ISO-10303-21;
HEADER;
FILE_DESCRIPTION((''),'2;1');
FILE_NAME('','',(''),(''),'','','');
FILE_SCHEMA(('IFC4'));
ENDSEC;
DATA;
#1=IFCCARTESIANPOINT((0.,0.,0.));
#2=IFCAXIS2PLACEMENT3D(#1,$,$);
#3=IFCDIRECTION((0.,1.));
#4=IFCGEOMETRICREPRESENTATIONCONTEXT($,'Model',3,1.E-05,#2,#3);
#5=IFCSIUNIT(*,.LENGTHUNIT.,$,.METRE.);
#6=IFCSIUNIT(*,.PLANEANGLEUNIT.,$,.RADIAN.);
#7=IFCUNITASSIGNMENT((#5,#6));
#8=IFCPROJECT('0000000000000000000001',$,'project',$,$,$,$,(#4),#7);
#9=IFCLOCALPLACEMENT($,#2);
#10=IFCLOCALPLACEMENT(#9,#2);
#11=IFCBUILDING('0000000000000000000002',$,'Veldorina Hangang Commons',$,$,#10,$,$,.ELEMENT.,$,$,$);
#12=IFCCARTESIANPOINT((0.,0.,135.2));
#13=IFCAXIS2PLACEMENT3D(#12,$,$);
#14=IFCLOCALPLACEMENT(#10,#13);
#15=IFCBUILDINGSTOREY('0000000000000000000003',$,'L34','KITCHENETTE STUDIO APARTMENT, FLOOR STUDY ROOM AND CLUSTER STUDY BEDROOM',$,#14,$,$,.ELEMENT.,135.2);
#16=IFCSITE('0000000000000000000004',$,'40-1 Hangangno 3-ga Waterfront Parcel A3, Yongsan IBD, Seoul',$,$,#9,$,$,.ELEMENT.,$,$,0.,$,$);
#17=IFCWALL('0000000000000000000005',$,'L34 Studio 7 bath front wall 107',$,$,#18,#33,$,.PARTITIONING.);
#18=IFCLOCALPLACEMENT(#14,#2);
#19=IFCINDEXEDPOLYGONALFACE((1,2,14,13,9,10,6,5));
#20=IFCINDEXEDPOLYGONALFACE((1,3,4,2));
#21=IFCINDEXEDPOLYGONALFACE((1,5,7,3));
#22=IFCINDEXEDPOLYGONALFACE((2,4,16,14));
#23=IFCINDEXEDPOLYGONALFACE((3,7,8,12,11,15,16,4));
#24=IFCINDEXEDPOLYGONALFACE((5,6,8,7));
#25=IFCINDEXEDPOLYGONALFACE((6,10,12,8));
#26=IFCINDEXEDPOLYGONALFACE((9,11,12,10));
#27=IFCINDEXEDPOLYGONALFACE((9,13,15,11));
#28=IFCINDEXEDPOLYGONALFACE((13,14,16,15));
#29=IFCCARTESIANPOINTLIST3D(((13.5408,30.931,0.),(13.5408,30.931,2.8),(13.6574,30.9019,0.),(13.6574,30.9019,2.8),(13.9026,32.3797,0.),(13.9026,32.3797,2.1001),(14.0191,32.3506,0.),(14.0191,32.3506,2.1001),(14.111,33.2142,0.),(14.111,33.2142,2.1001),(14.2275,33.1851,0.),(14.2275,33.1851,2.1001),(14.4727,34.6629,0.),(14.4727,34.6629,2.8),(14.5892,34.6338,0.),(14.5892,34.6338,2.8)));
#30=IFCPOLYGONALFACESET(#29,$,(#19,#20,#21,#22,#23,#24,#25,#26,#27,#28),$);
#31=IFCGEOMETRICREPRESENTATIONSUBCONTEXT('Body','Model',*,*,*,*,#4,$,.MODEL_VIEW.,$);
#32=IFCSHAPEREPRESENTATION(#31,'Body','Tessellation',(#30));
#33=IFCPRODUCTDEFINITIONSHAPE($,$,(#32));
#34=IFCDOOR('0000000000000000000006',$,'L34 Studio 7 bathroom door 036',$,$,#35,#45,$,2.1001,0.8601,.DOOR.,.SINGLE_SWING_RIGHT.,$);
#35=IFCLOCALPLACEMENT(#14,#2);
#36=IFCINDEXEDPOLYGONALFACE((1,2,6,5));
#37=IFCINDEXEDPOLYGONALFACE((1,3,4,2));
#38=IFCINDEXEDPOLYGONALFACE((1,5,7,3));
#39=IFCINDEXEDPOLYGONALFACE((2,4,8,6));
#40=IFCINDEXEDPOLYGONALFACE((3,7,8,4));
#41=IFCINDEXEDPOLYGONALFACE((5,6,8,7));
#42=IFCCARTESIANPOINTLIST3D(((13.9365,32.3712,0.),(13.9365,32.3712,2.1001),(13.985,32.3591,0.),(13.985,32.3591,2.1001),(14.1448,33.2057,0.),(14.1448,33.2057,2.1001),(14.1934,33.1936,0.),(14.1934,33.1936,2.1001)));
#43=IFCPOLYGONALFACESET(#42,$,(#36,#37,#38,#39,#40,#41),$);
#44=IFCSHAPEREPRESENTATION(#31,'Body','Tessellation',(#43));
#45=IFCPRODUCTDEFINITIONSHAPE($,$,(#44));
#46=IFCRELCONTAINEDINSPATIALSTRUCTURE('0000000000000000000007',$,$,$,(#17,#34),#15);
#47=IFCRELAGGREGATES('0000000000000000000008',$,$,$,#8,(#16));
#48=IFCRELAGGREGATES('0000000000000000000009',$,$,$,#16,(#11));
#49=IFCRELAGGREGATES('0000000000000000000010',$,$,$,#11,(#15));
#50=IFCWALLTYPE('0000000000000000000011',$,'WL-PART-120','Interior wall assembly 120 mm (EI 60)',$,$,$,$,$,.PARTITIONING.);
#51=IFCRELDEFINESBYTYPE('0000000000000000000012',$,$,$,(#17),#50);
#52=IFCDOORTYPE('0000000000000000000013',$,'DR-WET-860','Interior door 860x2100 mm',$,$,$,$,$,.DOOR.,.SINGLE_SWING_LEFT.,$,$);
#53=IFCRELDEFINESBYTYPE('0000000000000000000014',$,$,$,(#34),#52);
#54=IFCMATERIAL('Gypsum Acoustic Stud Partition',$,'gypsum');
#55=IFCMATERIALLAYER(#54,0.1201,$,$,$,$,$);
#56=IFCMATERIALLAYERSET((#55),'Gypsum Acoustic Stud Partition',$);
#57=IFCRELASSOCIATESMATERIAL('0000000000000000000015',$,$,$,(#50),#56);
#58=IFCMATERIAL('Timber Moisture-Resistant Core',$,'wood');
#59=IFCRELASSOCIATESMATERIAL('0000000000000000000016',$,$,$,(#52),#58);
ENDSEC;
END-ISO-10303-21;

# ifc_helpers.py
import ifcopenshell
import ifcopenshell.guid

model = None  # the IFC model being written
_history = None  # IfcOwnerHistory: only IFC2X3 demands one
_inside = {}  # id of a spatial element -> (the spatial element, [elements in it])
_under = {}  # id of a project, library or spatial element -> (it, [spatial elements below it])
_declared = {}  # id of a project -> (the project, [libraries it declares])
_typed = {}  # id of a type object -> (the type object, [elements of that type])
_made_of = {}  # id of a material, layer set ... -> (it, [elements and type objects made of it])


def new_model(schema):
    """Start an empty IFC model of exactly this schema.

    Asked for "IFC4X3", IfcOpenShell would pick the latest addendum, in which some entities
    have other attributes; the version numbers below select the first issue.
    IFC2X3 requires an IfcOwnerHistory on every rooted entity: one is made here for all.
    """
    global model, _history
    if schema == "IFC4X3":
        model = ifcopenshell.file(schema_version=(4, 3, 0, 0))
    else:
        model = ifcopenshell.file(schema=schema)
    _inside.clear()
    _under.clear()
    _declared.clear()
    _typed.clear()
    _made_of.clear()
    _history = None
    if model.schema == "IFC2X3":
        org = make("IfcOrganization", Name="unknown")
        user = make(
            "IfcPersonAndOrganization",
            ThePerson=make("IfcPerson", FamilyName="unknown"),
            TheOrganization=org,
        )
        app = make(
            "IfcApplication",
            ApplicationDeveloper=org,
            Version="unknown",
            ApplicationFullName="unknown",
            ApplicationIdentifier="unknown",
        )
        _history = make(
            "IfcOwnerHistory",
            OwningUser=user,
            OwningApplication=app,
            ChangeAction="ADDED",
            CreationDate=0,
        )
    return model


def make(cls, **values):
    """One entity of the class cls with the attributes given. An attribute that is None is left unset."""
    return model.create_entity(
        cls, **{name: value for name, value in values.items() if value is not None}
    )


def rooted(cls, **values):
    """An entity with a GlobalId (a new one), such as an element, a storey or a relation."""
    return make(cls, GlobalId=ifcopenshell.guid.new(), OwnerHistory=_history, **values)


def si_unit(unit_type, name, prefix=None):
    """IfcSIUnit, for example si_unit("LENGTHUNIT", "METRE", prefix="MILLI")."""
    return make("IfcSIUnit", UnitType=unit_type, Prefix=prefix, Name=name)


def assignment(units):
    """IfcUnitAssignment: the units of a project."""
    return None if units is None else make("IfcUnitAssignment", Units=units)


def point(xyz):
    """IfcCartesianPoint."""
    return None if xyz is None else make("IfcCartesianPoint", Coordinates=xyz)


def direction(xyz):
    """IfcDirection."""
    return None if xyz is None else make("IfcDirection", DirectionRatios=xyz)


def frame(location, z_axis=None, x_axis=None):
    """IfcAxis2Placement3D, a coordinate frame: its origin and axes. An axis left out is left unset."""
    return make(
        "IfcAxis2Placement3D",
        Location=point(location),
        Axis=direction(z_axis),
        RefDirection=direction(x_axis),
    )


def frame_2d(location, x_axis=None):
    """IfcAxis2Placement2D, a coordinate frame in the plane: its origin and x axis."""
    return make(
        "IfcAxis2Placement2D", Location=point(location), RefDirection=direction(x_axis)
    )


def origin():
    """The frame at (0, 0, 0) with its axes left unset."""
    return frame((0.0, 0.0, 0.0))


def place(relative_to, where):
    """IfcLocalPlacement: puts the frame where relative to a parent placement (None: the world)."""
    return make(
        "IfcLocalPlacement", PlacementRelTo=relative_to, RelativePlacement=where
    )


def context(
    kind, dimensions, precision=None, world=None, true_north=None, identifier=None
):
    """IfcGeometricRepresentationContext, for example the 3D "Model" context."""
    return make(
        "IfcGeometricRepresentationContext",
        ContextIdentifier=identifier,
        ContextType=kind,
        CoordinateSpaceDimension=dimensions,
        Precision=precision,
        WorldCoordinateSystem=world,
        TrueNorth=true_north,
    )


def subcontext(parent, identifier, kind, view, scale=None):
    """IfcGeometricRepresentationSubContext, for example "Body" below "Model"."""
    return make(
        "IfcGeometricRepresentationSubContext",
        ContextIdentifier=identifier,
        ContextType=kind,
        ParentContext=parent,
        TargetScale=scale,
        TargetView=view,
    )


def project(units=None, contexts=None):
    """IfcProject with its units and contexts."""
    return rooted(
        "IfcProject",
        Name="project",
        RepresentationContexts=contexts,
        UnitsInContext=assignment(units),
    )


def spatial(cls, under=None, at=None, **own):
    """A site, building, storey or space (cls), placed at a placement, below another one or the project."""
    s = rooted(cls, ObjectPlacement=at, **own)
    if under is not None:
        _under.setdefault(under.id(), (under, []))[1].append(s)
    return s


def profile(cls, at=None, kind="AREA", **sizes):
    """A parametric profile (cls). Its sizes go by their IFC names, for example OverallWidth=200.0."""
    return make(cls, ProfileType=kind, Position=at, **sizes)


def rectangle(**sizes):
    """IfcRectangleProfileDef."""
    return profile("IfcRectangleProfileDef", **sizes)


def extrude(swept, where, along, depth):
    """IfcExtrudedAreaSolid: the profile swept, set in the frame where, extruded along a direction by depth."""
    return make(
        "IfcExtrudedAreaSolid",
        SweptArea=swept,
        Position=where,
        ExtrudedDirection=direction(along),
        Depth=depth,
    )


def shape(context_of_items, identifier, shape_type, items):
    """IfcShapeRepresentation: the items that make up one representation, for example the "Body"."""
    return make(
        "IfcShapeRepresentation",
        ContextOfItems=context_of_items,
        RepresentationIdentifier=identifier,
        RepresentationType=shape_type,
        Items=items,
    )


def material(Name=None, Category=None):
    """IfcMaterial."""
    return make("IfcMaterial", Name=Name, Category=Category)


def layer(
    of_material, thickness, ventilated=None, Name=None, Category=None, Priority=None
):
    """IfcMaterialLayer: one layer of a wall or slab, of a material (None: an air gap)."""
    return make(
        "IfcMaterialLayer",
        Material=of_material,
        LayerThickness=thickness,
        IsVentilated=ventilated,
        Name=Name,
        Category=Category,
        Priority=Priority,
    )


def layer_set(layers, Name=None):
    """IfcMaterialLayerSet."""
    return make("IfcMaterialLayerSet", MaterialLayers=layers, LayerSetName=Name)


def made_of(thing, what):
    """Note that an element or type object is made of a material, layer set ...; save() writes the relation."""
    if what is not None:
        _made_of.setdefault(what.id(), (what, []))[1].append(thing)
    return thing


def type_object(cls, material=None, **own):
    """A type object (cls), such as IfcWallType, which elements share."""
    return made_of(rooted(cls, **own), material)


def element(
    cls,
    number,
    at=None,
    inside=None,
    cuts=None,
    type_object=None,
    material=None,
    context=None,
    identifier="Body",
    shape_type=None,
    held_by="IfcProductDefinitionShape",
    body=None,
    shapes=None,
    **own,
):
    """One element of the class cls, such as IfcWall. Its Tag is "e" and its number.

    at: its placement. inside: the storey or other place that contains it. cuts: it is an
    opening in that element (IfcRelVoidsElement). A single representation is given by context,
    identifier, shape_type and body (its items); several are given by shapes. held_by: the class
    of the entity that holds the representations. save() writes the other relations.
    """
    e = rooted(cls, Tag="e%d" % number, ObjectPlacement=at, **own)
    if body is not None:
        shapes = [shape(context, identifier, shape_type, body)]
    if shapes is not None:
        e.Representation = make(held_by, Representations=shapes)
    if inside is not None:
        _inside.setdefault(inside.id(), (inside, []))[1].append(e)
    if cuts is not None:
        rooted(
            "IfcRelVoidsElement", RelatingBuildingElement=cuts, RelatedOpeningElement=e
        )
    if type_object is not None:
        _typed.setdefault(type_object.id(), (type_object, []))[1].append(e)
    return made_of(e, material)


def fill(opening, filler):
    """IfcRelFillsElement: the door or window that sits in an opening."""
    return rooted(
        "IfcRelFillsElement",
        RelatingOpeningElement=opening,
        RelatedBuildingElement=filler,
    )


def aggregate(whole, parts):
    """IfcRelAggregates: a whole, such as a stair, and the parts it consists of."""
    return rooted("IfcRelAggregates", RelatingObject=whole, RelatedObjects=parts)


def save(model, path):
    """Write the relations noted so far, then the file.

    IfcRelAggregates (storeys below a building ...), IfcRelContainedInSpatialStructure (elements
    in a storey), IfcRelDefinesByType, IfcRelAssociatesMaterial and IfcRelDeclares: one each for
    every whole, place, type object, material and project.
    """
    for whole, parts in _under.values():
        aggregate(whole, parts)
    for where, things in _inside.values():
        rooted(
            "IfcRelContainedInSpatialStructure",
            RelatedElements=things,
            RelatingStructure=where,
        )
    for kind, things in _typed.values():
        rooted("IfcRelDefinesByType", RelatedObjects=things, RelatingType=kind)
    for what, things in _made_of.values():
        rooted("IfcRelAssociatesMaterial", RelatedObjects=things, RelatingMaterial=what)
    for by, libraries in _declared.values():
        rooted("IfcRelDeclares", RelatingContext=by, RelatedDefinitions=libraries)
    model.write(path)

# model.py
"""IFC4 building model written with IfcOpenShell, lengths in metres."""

from ifc_helpers import new_model, si_unit, direction, frame, frame_2d, origin, place, context, subcontext, project, spatial, rectangle, extrude, material, layer, layer_set, type_object, element, fill, save


model = new_model("IFC4")

# Units and contexts
model_context = context("Model", 3, precision=1e-05, world=origin(), true_north=direction((0.0, 1.0)))
body_context = subcontext(model_context, "Body", "Model", "MODEL_VIEW")
ifc_project = project(units=[si_unit("LENGTHUNIT", "METRE"), si_unit("PLANEANGLEUNIT", "RADIAN")], contexts=[model_context])

# Site, building, storey
site_placement = place(None, origin())
site = spatial("IfcSite", under=ifc_project, at=site_placement, Name="40-1 Hangangno 3-ga Waterfront Parcel A3, Yongsan IBD, Seoul", CompositionType="ELEMENT", RefElevation=0.0)
building_placement = place(site_placement, origin())
building = spatial("IfcBuilding", under=site, at=building_placement, Name="Veldorina Hangang Commons", CompositionType="ELEMENT")
storey_placement = place(building_placement, frame((0.0, 0.0, 135.2)))
storey = spatial("IfcBuildingStorey", under=building, at=storey_placement, Name="L34", Description="KITCHENETTE STUDIO APARTMENT, FLOOR STUDY ROOM AND CLUSTER STUDY BEDROOM", CompositionType="ELEMENT", Elevation=135.2)

# Wall, opening, door
ifc_material_1 = material(Name="Gypsum Acoustic Stud Partition", Category="gypsum")
ifc_layer_1 = layer(ifc_material_1, 0.1201)
ifc_layer_set_1 = layer_set([ifc_layer_1], Name="Gypsum Acoustic Stud Partition")
wall_type_1 = type_object("IfcWallType", Name="WL-PART-120", Description="Interior wall assembly 120 mm (EI 60)", PredefinedType="PARTITIONING", material=ifc_layer_set_1)
wall_1_placement = place(storey_placement, frame((14.531, 34.6484, 0.0), z_axis=(0.0, 0.0, 1.0), x_axis=(-0.242267, -0.97021, 0.0)))
wall_1 = element("IfcWall", 1, at=wall_1_placement, inside=storey, type_object=wall_type_1, Name="L34 Studio 7 bath front wall 107", PredefinedType="PARTITIONING", context=body_context, shape_type="SweptSolid", body=[
    extrude(rectangle(XDim=3.8464, YDim=0.1201, at=frame_2d((1.9233, 0.0))), origin(), (0.0, 0.0, 1.0), 2.8),
])
opening_1_placement = place(wall_1_placement, frame((1.4932, 0.0, 0.0)))
opening_1 = element("IfcOpeningElement", 2, at=opening_1_placement, cuts=wall_1, PredefinedType="OPENING", context=body_context, shape_type="SweptSolid", body=[
    extrude(rectangle(XDim=0.8601, YDim=2.1001, at=frame_2d((0.4302, 1.05))), frame((0.0, 0.0701, 0.0), z_axis=(0.0, -1.0, 0.0), x_axis=(1.0, 0.0, 0.0)), (0.0, 0.0, 1.0), 0.1401),
])
ifc_material_2 = material(Name="Timber Moisture-Resistant Core", Category="wood")
door_type = type_object("IfcDoorType", Name="DR-WET-860", Description="Interior door 860x2100 mm", OperationType="SINGLE_SWING_LEFT", PredefinedType="DOOR", material=ifc_material_2)
door_placement = place(opening_1_placement, origin())
door = element("IfcDoor", 3, at=door_placement, inside=storey, type_object=door_type, Name="L34 Studio 7 bathroom door 036", OperationType="SINGLE_SWING_RIGHT", OverallHeight=2.1001, OverallWidth=0.8601, PredefinedType="DOOR", context=body_context, shape_type="SweptSolid", body=[
    extrude(rectangle(XDim=0.8601, YDim=2.1001, at=frame_2d((0.4302, 1.05))), frame((0.0, 0.0249, 0.0), z_axis=(0.0, -1.0, 0.0), x_axis=(1.0, 0.0, 0.0)), (0.0, 0.0, 1.0), 0.05),
])
fill(opening_1, door)

save(model, "model.ifc")
